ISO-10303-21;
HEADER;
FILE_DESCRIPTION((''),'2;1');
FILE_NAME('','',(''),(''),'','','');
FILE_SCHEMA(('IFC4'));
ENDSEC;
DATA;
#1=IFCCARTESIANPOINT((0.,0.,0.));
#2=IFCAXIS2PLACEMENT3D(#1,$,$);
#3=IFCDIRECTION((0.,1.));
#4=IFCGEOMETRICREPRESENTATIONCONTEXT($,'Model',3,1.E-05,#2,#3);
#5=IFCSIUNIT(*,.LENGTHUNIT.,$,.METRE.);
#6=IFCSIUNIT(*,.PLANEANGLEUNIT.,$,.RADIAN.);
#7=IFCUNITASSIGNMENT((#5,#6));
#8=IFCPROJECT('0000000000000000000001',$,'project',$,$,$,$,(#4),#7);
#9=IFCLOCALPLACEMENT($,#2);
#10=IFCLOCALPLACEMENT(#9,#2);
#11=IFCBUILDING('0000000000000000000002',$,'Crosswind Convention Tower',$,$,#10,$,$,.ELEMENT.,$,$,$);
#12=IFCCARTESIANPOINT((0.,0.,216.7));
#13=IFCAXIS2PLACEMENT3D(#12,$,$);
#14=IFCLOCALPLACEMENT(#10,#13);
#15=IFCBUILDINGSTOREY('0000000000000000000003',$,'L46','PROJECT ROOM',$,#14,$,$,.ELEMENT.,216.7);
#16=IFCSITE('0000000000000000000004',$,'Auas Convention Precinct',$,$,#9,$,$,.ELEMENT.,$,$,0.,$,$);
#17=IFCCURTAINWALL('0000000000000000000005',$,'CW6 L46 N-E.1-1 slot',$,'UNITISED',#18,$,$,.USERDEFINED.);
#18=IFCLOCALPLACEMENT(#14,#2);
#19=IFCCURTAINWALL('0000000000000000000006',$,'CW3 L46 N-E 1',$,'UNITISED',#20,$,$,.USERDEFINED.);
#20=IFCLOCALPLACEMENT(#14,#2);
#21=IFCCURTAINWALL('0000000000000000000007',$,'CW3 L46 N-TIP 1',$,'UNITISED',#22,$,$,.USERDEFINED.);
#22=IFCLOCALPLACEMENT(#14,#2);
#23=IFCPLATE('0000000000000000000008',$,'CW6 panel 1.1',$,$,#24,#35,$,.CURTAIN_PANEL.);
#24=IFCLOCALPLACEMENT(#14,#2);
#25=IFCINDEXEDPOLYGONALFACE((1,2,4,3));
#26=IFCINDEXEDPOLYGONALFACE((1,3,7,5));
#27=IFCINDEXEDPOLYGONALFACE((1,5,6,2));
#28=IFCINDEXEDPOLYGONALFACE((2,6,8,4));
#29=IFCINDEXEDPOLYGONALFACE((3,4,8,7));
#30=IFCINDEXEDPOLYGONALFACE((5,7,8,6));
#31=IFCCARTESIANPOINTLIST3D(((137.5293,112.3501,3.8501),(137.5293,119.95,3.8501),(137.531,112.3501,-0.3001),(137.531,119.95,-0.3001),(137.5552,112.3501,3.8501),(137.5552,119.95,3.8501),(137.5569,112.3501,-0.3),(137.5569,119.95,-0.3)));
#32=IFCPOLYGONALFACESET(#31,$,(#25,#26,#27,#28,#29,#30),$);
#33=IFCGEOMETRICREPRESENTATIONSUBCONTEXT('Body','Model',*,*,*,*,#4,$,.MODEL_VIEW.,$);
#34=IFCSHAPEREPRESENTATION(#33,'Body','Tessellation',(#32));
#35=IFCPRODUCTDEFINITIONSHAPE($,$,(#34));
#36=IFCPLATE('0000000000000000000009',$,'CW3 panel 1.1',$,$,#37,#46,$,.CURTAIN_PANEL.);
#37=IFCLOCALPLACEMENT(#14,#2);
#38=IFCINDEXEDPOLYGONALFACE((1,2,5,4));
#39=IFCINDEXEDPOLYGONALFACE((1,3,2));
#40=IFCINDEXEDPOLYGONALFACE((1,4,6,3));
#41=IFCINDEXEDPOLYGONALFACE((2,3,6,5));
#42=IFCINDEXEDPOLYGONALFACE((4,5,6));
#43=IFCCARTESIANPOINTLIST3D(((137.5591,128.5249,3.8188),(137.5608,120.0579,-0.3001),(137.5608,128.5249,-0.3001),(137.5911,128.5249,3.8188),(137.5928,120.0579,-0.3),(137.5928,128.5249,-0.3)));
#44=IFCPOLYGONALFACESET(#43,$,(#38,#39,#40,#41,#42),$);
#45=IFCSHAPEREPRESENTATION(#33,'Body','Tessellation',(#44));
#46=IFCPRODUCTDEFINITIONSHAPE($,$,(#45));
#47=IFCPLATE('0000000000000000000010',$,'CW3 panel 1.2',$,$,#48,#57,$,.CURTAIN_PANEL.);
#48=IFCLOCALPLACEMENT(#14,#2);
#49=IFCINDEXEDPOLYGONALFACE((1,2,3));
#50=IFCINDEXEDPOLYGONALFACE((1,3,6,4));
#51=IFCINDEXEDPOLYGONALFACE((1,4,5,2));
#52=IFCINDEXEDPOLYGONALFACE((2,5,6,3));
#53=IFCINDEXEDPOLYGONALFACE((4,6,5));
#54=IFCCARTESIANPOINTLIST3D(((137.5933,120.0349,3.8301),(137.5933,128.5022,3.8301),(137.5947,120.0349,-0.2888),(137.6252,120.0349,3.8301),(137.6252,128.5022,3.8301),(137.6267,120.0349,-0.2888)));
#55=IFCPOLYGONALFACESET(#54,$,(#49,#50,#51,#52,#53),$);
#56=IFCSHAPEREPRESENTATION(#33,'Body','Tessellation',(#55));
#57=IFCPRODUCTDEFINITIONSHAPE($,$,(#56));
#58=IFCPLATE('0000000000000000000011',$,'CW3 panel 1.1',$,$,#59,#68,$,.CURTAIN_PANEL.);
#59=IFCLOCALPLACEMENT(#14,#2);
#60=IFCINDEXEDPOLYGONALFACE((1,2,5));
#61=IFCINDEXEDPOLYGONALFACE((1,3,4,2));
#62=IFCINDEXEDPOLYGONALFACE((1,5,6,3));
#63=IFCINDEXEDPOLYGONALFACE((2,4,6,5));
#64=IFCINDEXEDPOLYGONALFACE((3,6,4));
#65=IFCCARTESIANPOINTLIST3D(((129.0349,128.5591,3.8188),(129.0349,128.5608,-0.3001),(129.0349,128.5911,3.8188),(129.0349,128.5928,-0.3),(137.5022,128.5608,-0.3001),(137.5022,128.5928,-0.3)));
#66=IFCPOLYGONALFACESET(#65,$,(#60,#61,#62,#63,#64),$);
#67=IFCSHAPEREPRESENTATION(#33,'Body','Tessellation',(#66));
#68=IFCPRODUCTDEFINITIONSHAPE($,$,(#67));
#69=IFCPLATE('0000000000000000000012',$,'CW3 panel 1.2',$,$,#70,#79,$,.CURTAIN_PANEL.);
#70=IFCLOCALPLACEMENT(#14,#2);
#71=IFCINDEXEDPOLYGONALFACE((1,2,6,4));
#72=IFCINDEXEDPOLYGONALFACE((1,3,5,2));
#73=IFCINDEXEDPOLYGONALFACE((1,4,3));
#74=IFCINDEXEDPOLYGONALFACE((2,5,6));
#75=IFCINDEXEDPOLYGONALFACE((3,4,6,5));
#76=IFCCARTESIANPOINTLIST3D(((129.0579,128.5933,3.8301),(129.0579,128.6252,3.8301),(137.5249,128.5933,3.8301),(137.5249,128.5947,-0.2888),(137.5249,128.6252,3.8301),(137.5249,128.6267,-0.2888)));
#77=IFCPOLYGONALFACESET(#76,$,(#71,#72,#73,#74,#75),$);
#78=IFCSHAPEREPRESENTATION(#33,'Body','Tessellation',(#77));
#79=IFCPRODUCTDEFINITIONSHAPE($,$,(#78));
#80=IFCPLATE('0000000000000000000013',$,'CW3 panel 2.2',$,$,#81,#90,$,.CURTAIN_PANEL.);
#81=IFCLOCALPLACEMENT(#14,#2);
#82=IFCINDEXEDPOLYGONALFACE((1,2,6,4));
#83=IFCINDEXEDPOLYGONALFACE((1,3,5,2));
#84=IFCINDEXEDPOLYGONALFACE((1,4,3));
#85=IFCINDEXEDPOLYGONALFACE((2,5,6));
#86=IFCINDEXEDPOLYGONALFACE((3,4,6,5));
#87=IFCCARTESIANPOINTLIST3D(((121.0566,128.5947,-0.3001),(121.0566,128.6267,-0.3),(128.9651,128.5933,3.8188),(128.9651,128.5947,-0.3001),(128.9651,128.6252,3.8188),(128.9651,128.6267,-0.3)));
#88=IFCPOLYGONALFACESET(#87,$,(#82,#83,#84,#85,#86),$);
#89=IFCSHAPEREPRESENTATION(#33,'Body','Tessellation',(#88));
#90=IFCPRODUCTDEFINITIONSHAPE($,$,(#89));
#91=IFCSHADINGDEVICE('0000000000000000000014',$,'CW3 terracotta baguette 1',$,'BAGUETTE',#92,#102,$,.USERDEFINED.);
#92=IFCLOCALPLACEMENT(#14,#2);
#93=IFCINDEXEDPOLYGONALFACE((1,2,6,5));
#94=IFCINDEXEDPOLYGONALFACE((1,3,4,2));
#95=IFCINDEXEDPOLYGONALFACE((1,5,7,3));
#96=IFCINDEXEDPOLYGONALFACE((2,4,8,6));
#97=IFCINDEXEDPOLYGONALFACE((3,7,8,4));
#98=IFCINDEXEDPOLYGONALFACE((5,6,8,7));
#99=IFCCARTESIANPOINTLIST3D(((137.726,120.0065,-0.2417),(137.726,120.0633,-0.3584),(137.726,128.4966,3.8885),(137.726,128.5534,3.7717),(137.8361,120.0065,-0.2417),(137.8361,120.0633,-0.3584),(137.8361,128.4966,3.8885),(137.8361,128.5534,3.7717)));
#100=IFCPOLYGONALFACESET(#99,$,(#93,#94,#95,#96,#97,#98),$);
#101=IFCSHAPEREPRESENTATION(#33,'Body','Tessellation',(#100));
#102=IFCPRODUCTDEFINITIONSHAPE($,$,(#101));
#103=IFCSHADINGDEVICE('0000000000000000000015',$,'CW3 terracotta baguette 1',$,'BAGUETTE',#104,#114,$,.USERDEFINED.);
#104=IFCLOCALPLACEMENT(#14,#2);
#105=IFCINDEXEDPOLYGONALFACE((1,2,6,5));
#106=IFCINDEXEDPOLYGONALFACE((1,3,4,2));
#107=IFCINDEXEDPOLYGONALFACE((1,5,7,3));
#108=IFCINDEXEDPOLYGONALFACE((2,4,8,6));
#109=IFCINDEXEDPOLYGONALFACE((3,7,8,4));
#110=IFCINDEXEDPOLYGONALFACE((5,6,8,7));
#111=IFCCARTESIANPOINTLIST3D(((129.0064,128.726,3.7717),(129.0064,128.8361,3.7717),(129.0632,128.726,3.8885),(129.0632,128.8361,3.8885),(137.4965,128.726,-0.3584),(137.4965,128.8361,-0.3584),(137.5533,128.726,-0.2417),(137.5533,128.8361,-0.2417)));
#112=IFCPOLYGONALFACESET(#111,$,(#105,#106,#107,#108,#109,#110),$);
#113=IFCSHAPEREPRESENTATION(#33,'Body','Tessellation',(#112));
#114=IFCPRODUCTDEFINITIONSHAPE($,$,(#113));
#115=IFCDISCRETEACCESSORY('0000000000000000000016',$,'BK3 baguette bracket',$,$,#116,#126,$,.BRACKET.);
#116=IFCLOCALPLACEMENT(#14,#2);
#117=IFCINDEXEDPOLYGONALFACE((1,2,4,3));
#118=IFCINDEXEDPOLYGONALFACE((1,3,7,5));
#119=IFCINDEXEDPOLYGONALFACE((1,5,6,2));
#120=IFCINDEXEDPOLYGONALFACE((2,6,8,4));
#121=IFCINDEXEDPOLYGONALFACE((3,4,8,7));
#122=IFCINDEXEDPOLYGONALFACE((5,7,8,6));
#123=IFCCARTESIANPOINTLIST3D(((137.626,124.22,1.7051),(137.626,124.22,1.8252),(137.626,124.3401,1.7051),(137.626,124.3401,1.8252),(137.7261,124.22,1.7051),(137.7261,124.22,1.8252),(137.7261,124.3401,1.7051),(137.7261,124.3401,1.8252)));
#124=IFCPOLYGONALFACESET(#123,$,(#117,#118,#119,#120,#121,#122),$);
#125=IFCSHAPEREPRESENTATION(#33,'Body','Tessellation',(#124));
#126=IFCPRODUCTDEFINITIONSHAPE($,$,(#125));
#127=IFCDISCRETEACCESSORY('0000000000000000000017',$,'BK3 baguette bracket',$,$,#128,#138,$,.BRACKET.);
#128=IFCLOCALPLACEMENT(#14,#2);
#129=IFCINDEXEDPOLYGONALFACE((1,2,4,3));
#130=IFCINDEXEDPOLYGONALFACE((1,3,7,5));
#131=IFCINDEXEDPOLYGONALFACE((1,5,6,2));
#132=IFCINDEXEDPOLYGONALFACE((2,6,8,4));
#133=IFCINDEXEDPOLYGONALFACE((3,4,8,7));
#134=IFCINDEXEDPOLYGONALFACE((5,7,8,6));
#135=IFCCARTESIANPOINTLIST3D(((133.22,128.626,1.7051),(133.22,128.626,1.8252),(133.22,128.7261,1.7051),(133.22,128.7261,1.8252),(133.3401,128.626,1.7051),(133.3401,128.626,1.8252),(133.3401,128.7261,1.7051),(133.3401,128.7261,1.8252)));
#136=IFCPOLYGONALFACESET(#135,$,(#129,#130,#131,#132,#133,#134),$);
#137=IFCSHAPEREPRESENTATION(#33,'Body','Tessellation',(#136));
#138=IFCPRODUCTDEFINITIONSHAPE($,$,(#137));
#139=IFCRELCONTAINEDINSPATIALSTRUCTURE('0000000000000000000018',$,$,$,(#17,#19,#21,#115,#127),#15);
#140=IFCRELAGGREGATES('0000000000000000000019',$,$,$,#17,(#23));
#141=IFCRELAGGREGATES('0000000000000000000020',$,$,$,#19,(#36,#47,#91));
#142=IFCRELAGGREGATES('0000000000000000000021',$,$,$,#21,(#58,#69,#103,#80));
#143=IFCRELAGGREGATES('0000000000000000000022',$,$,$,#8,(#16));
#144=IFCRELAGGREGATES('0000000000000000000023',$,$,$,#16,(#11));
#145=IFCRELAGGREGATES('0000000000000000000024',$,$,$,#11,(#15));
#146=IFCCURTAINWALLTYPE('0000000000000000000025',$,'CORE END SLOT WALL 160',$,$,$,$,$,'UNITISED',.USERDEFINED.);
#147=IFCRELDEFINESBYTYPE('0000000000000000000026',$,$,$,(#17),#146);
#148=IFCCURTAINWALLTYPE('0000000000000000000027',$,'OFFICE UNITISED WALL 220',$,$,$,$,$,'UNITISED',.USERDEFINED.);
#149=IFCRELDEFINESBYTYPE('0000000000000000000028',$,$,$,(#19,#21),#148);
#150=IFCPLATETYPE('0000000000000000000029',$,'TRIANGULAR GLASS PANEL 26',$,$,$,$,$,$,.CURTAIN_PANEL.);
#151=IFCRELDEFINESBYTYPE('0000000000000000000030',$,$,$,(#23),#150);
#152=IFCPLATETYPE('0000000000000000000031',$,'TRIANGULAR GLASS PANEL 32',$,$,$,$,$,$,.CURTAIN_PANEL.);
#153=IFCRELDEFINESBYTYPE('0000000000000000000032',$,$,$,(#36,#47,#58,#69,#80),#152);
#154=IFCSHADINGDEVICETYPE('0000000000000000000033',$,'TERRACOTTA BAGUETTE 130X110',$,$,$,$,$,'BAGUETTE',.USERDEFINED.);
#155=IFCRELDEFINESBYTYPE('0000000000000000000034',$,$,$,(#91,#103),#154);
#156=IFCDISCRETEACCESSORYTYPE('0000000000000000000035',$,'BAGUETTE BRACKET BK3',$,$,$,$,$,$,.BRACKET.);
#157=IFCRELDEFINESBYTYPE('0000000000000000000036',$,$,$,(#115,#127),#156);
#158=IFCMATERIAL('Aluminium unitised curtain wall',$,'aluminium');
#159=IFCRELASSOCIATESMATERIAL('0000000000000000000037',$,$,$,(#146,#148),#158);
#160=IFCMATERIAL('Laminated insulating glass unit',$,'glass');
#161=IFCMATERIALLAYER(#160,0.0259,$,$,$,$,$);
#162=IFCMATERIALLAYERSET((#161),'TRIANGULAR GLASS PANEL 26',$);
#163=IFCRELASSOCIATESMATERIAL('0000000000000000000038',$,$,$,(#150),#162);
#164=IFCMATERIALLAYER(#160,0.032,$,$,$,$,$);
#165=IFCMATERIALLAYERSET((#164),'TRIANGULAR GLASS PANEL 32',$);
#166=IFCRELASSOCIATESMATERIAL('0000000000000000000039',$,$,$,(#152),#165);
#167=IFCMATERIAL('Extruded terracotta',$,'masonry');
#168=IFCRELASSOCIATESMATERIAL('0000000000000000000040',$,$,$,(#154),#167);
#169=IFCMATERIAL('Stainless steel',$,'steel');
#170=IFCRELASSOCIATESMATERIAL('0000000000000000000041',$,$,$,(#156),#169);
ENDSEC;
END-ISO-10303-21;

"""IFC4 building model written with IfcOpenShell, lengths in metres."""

from ifc_helpers import new_model, si_unit, direction, frame, origin, origin_2d, place, context, subcontext, project, spatial, polyline, rectangle, outline, extrude, material, layer, layer_set, material_profile, profile_set, type_object, element, aggregate, save


model = new_model("IFC4")

# Units and contexts
model_context = context("Model", 3, precision=1e-05, world=origin(), true_north=direction((0.0, 1.0)))
body_context = subcontext(model_context, "Body", "Model", "MODEL_VIEW")
ifc_project = project(units=[si_unit("LENGTHUNIT", "METRE"), si_unit("PLANEANGLEUNIT", "RADIAN")], contexts=[model_context])

# Site, building, storey
site_placement = place(None, origin())
site = spatial("IfcSite", under=ifc_project, at=site_placement, Name="Auas Convention Precinct", CompositionType="ELEMENT", RefElevation=0.0)
building_placement = place(site_placement, origin())
building = spatial("IfcBuilding", under=site, at=building_placement, Name="Crosswind Convention Tower", CompositionType="ELEMENT")
storey_placement = place(building_placement, frame((0.0, 0.0, 216.7)))
storey = spatial("IfcBuildingStorey", under=building, at=storey_placement, Name="L46", Description="PROJECT ROOM", CompositionType="ELEMENT", Elevation=216.7)

# Curtain walls
ifc_material_1 = material(Name="Aluminium unitised curtain wall", Category="aluminium")
curtain_wall_type_1 = type_object("IfcCurtainWallType", Name="CORE END SLOT WALL 160", ElementType="UNITISED", PredefinedType="USERDEFINED", material=ifc_material_1)
curtain_wall_1_placement = place(storey_placement, origin())
curtain_wall_1 = element("IfcCurtainWall", 1, at=curtain_wall_1_placement, inside=storey, type_object=curtain_wall_type_1, Name="CW6 L46 N-E.1-1 slot", ObjectType="UNITISED", PredefinedType="USERDEFINED")
curtain_wall_type_2 = type_object("IfcCurtainWallType", Name="OFFICE UNITISED WALL 220", ElementType="UNITISED", PredefinedType="USERDEFINED", material=ifc_material_1)
curtain_wall_2_placement = place(storey_placement, origin())
curtain_wall_2 = element("IfcCurtainWall", 2, at=curtain_wall_2_placement, inside=storey, type_object=curtain_wall_type_2, Name="CW3 L46 N-E 1", ObjectType="UNITISED", PredefinedType="USERDEFINED")

# Curtain wall
curtain_wall_3_placement = place(storey_placement, origin())
curtain_wall_3 = element("IfcCurtainWall", 3, at=curtain_wall_3_placement, inside=storey, type_object=curtain_wall_type_2, Name="CW3 L46 N-TIP 1", ObjectType="UNITISED", PredefinedType="USERDEFINED")

# Plates
ifc_material_2 = material(Name="Laminated insulating glass unit", Category="glass")
ifc_layer_1 = layer(ifc_material_2, 0.0259)
ifc_layer_set_1 = layer_set([ifc_layer_1], Name="TRIANGULAR GLASS PANEL 26")
plate_type_1 = type_object("IfcPlateType", Name="TRIANGULAR GLASS PANEL 26", PredefinedType="CURTAIN_PANEL", material=ifc_layer_set_1)
plate_1_placement = place(storey_placement, frame((137.5569, 112.3501, -0.3), z_axis=(1.0, 0.0, 0.000412), x_axis=(0.0, 1.0, 0.0)))
plate_1 = element("IfcPlate", 4, at=plate_1_placement, type_object=plate_type_1, Name="CW6 panel 1.1", PredefinedType="CURTAIN_PANEL", context=body_context, shape_type="SweptSolid", body=[
    extrude(outline(polyline([(0.0, 0.0), (7.5999, 0.0), (7.5999, 4.1501), (0.0, 4.1501), (0.0, 0.0)])), origin(), (0.0, 0.0, -1.0), 0.0259),
])
aggregate(curtain_wall_1, [plate_1])
ifc_layer_2 = layer(ifc_material_2, 0.032)
ifc_layer_set_2 = layer_set([ifc_layer_2], Name="TRIANGULAR GLASS PANEL 32")
plate_type_2 = type_object("IfcPlateType", Name="TRIANGULAR GLASS PANEL 32", PredefinedType="CURTAIN_PANEL", material=ifc_layer_set_2)
plate_2_placement = place(storey_placement, frame((137.5928, 128.5249, -0.3), z_axis=(1.0, 0.0, 0.000415), x_axis=(-0.000415, 0.0, 1.0)))
plate_2 = element("IfcPlate", 5, at=plate_2_placement, type_object=plate_type_2, Name="CW3 panel 1.1", PredefinedType="CURTAIN_PANEL", context=body_context, shape_type="SweptSolid", body=[
    extrude(outline(polyline([(0.0, 0.0), (4.1189, 0.0), (0.0, 8.467), (0.0, 0.0)])), origin(), (0.0, 0.0, -1.0), 0.032),
])
plate_3_placement = place(storey_placement, frame((137.6252, 120.0349, 3.8301), z_axis=(1.0, 0.0, 0.000356), x_axis=(0.000356, 0.0, -1.0)))
plate_3 = element("IfcPlate", 6, at=plate_3_placement, type_object=plate_type_2, Name="CW3 panel 1.2", PredefinedType="CURTAIN_PANEL", context=body_context, shape_type="SweptSolid", body=[
    extrude(outline(polyline([(0.0, 0.0), (4.1189, 0.0), (0.0, 8.4673), (0.0, 0.0)])), origin(), (0.0, 0.0, -1.0), 0.032),
])
plate_4_placement = place(storey_placement, frame((129.0349, 128.5928, -0.3), z_axis=(0.0, 1.0, 0.000415), x_axis=(0.0, -0.000415, 1.0)))
plate_4 = element("IfcPlate", 7, at=plate_4_placement, type_object=plate_type_2, Name="CW3 panel 1.1", PredefinedType="CURTAIN_PANEL", context=body_context, shape_type="SweptSolid", body=[
    extrude(outline(polyline([(0.0, 0.0), (4.1189, 0.0), (0.0, 8.4673), (0.0, 0.0)])), origin(), (0.0, 0.0, -1.0), 0.032),
])
plate_5_placement = place(storey_placement, frame((137.5249, 128.6252, 3.8301), z_axis=(0.0, 1.0, 0.000356), x_axis=(0.0, 0.000356, -1.0)))
plate_5 = element("IfcPlate", 8, at=plate_5_placement, type_object=plate_type_2, Name="CW3 panel 1.2", PredefinedType="CURTAIN_PANEL", context=body_context, shape_type="SweptSolid", body=[
    extrude(outline(polyline([(0.0, 0.0), (4.1189, 0.0), (0.0, 8.467), (0.0, 0.0)])), origin(), (0.0, 0.0, -1.0), 0.032),
])
plate_6_placement = place(storey_placement, frame((128.9651, 128.6267, -0.3), z_axis=(0.0, 1.0, 0.000356), x_axis=(-1.0, 0.0, 0.0)))
plate_6 = element("IfcPlate", 9, at=plate_6_placement, type_object=plate_type_2, Name="CW3 panel 2.2", PredefinedType="CURTAIN_PANEL", context=body_context, shape_type="SweptSolid", body=[
    extrude(outline(polyline([(0.0, 0.0), (7.9084, 0.0), (0.0, 4.1189), (0.0, 0.0)])), origin(), (0.0, 0.0, -1.0), 0.032),
])

# Shading devices
ifc_material_3 = material(Name="Extruded terracotta", Category="masonry")
ifc_material_profile_1 = material_profile(ifc_material_3, rectangle(XDim=0.1101, YDim=0.1299, at=origin_2d()), Name="TC 110X130")
ifc_profile_set_1 = profile_set([ifc_material_profile_1], Name="Extruded terracotta")
shading_device_type = type_object("IfcShadingDeviceType", Name="TERRACOTTA BAGUETTE 130X110", ElementType="BAGUETTE", PredefinedType="USERDEFINED", material=ifc_profile_set_1)
shading_device_1_placement = place(storey_placement, frame((137.781, 120.0349, -0.3), z_axis=(0.0, 0.899241, 0.437454), x_axis=(-1.0, 0.0, 0.0)))
shading_device_1 = element("IfcShadingDevice", 10, at=shading_device_1_placement, type_object=shading_device_type, Name="CW3 terracotta baguette 1", ObjectType="BAGUETTE", PredefinedType="USERDEFINED", context=body_context, shape_type="SweptSolid", body=[
    extrude(rectangle(XDim=0.1101, YDim=0.1299, at=origin_2d()), origin(), (0.0, 0.0, 1.0), 9.4414),
])
aggregate(curtain_wall_2, [plate_2, plate_3, shading_device_1])
shading_device_2_placement = place(storey_placement, frame((137.5249, 128.781, -0.3), z_axis=(-0.899241, 0.0, 0.437454), x_axis=(0.0, -1.0, 0.0)))
shading_device_2 = element("IfcShadingDevice", 11, at=shading_device_2_placement, type_object=shading_device_type, Name="CW3 terracotta baguette 1", ObjectType="BAGUETTE", PredefinedType="USERDEFINED", context=body_context, shape_type="SweptSolid", body=[
    extrude(rectangle(XDim=0.1101, YDim=0.1299, at=origin_2d()), origin(), (0.0, 0.0, 1.0), 9.4414),
])
aggregate(curtain_wall_3, [plate_4, plate_5, shading_device_2, plate_6])

# Discrete accessories
ifc_material_4 = material(Name="Stainless steel", Category="steel")
discrete_accessory_type = type_object("IfcDiscreteAccessoryType", Name="BAGUETTE BRACKET BK3", PredefinedType="BRACKET", material=ifc_material_4)
for number, where, z_axis, x_axis, name in (
    (12, (137.676, 124.28, 1.7051), (0.0, 0.0, 1.0), (0.0, 1.0, 0.0), "BK3 baguette bracket"),
    (13, (133.28, 128.676, 1.7051), (0.0, 0.0, 1.0), (-1.0, 0.0, 0.0), "BK3 baguette bracket"),
):
    element("IfcDiscreteAccessory", number, at=place(storey_placement, frame(where, z_axis=z_axis, x_axis=x_axis)), inside=storey, type_object=discrete_accessory_type, Name=name, PredefinedType="BRACKET", context=body_context, shape_type="SweptSolid", body=[
        extrude(rectangle(XDim=0.1201, YDim=0.1001, at=origin_2d()), origin(), (0.0, 0.0, 1.0), 0.1201),
    ])

save(model, "model.ifc")
